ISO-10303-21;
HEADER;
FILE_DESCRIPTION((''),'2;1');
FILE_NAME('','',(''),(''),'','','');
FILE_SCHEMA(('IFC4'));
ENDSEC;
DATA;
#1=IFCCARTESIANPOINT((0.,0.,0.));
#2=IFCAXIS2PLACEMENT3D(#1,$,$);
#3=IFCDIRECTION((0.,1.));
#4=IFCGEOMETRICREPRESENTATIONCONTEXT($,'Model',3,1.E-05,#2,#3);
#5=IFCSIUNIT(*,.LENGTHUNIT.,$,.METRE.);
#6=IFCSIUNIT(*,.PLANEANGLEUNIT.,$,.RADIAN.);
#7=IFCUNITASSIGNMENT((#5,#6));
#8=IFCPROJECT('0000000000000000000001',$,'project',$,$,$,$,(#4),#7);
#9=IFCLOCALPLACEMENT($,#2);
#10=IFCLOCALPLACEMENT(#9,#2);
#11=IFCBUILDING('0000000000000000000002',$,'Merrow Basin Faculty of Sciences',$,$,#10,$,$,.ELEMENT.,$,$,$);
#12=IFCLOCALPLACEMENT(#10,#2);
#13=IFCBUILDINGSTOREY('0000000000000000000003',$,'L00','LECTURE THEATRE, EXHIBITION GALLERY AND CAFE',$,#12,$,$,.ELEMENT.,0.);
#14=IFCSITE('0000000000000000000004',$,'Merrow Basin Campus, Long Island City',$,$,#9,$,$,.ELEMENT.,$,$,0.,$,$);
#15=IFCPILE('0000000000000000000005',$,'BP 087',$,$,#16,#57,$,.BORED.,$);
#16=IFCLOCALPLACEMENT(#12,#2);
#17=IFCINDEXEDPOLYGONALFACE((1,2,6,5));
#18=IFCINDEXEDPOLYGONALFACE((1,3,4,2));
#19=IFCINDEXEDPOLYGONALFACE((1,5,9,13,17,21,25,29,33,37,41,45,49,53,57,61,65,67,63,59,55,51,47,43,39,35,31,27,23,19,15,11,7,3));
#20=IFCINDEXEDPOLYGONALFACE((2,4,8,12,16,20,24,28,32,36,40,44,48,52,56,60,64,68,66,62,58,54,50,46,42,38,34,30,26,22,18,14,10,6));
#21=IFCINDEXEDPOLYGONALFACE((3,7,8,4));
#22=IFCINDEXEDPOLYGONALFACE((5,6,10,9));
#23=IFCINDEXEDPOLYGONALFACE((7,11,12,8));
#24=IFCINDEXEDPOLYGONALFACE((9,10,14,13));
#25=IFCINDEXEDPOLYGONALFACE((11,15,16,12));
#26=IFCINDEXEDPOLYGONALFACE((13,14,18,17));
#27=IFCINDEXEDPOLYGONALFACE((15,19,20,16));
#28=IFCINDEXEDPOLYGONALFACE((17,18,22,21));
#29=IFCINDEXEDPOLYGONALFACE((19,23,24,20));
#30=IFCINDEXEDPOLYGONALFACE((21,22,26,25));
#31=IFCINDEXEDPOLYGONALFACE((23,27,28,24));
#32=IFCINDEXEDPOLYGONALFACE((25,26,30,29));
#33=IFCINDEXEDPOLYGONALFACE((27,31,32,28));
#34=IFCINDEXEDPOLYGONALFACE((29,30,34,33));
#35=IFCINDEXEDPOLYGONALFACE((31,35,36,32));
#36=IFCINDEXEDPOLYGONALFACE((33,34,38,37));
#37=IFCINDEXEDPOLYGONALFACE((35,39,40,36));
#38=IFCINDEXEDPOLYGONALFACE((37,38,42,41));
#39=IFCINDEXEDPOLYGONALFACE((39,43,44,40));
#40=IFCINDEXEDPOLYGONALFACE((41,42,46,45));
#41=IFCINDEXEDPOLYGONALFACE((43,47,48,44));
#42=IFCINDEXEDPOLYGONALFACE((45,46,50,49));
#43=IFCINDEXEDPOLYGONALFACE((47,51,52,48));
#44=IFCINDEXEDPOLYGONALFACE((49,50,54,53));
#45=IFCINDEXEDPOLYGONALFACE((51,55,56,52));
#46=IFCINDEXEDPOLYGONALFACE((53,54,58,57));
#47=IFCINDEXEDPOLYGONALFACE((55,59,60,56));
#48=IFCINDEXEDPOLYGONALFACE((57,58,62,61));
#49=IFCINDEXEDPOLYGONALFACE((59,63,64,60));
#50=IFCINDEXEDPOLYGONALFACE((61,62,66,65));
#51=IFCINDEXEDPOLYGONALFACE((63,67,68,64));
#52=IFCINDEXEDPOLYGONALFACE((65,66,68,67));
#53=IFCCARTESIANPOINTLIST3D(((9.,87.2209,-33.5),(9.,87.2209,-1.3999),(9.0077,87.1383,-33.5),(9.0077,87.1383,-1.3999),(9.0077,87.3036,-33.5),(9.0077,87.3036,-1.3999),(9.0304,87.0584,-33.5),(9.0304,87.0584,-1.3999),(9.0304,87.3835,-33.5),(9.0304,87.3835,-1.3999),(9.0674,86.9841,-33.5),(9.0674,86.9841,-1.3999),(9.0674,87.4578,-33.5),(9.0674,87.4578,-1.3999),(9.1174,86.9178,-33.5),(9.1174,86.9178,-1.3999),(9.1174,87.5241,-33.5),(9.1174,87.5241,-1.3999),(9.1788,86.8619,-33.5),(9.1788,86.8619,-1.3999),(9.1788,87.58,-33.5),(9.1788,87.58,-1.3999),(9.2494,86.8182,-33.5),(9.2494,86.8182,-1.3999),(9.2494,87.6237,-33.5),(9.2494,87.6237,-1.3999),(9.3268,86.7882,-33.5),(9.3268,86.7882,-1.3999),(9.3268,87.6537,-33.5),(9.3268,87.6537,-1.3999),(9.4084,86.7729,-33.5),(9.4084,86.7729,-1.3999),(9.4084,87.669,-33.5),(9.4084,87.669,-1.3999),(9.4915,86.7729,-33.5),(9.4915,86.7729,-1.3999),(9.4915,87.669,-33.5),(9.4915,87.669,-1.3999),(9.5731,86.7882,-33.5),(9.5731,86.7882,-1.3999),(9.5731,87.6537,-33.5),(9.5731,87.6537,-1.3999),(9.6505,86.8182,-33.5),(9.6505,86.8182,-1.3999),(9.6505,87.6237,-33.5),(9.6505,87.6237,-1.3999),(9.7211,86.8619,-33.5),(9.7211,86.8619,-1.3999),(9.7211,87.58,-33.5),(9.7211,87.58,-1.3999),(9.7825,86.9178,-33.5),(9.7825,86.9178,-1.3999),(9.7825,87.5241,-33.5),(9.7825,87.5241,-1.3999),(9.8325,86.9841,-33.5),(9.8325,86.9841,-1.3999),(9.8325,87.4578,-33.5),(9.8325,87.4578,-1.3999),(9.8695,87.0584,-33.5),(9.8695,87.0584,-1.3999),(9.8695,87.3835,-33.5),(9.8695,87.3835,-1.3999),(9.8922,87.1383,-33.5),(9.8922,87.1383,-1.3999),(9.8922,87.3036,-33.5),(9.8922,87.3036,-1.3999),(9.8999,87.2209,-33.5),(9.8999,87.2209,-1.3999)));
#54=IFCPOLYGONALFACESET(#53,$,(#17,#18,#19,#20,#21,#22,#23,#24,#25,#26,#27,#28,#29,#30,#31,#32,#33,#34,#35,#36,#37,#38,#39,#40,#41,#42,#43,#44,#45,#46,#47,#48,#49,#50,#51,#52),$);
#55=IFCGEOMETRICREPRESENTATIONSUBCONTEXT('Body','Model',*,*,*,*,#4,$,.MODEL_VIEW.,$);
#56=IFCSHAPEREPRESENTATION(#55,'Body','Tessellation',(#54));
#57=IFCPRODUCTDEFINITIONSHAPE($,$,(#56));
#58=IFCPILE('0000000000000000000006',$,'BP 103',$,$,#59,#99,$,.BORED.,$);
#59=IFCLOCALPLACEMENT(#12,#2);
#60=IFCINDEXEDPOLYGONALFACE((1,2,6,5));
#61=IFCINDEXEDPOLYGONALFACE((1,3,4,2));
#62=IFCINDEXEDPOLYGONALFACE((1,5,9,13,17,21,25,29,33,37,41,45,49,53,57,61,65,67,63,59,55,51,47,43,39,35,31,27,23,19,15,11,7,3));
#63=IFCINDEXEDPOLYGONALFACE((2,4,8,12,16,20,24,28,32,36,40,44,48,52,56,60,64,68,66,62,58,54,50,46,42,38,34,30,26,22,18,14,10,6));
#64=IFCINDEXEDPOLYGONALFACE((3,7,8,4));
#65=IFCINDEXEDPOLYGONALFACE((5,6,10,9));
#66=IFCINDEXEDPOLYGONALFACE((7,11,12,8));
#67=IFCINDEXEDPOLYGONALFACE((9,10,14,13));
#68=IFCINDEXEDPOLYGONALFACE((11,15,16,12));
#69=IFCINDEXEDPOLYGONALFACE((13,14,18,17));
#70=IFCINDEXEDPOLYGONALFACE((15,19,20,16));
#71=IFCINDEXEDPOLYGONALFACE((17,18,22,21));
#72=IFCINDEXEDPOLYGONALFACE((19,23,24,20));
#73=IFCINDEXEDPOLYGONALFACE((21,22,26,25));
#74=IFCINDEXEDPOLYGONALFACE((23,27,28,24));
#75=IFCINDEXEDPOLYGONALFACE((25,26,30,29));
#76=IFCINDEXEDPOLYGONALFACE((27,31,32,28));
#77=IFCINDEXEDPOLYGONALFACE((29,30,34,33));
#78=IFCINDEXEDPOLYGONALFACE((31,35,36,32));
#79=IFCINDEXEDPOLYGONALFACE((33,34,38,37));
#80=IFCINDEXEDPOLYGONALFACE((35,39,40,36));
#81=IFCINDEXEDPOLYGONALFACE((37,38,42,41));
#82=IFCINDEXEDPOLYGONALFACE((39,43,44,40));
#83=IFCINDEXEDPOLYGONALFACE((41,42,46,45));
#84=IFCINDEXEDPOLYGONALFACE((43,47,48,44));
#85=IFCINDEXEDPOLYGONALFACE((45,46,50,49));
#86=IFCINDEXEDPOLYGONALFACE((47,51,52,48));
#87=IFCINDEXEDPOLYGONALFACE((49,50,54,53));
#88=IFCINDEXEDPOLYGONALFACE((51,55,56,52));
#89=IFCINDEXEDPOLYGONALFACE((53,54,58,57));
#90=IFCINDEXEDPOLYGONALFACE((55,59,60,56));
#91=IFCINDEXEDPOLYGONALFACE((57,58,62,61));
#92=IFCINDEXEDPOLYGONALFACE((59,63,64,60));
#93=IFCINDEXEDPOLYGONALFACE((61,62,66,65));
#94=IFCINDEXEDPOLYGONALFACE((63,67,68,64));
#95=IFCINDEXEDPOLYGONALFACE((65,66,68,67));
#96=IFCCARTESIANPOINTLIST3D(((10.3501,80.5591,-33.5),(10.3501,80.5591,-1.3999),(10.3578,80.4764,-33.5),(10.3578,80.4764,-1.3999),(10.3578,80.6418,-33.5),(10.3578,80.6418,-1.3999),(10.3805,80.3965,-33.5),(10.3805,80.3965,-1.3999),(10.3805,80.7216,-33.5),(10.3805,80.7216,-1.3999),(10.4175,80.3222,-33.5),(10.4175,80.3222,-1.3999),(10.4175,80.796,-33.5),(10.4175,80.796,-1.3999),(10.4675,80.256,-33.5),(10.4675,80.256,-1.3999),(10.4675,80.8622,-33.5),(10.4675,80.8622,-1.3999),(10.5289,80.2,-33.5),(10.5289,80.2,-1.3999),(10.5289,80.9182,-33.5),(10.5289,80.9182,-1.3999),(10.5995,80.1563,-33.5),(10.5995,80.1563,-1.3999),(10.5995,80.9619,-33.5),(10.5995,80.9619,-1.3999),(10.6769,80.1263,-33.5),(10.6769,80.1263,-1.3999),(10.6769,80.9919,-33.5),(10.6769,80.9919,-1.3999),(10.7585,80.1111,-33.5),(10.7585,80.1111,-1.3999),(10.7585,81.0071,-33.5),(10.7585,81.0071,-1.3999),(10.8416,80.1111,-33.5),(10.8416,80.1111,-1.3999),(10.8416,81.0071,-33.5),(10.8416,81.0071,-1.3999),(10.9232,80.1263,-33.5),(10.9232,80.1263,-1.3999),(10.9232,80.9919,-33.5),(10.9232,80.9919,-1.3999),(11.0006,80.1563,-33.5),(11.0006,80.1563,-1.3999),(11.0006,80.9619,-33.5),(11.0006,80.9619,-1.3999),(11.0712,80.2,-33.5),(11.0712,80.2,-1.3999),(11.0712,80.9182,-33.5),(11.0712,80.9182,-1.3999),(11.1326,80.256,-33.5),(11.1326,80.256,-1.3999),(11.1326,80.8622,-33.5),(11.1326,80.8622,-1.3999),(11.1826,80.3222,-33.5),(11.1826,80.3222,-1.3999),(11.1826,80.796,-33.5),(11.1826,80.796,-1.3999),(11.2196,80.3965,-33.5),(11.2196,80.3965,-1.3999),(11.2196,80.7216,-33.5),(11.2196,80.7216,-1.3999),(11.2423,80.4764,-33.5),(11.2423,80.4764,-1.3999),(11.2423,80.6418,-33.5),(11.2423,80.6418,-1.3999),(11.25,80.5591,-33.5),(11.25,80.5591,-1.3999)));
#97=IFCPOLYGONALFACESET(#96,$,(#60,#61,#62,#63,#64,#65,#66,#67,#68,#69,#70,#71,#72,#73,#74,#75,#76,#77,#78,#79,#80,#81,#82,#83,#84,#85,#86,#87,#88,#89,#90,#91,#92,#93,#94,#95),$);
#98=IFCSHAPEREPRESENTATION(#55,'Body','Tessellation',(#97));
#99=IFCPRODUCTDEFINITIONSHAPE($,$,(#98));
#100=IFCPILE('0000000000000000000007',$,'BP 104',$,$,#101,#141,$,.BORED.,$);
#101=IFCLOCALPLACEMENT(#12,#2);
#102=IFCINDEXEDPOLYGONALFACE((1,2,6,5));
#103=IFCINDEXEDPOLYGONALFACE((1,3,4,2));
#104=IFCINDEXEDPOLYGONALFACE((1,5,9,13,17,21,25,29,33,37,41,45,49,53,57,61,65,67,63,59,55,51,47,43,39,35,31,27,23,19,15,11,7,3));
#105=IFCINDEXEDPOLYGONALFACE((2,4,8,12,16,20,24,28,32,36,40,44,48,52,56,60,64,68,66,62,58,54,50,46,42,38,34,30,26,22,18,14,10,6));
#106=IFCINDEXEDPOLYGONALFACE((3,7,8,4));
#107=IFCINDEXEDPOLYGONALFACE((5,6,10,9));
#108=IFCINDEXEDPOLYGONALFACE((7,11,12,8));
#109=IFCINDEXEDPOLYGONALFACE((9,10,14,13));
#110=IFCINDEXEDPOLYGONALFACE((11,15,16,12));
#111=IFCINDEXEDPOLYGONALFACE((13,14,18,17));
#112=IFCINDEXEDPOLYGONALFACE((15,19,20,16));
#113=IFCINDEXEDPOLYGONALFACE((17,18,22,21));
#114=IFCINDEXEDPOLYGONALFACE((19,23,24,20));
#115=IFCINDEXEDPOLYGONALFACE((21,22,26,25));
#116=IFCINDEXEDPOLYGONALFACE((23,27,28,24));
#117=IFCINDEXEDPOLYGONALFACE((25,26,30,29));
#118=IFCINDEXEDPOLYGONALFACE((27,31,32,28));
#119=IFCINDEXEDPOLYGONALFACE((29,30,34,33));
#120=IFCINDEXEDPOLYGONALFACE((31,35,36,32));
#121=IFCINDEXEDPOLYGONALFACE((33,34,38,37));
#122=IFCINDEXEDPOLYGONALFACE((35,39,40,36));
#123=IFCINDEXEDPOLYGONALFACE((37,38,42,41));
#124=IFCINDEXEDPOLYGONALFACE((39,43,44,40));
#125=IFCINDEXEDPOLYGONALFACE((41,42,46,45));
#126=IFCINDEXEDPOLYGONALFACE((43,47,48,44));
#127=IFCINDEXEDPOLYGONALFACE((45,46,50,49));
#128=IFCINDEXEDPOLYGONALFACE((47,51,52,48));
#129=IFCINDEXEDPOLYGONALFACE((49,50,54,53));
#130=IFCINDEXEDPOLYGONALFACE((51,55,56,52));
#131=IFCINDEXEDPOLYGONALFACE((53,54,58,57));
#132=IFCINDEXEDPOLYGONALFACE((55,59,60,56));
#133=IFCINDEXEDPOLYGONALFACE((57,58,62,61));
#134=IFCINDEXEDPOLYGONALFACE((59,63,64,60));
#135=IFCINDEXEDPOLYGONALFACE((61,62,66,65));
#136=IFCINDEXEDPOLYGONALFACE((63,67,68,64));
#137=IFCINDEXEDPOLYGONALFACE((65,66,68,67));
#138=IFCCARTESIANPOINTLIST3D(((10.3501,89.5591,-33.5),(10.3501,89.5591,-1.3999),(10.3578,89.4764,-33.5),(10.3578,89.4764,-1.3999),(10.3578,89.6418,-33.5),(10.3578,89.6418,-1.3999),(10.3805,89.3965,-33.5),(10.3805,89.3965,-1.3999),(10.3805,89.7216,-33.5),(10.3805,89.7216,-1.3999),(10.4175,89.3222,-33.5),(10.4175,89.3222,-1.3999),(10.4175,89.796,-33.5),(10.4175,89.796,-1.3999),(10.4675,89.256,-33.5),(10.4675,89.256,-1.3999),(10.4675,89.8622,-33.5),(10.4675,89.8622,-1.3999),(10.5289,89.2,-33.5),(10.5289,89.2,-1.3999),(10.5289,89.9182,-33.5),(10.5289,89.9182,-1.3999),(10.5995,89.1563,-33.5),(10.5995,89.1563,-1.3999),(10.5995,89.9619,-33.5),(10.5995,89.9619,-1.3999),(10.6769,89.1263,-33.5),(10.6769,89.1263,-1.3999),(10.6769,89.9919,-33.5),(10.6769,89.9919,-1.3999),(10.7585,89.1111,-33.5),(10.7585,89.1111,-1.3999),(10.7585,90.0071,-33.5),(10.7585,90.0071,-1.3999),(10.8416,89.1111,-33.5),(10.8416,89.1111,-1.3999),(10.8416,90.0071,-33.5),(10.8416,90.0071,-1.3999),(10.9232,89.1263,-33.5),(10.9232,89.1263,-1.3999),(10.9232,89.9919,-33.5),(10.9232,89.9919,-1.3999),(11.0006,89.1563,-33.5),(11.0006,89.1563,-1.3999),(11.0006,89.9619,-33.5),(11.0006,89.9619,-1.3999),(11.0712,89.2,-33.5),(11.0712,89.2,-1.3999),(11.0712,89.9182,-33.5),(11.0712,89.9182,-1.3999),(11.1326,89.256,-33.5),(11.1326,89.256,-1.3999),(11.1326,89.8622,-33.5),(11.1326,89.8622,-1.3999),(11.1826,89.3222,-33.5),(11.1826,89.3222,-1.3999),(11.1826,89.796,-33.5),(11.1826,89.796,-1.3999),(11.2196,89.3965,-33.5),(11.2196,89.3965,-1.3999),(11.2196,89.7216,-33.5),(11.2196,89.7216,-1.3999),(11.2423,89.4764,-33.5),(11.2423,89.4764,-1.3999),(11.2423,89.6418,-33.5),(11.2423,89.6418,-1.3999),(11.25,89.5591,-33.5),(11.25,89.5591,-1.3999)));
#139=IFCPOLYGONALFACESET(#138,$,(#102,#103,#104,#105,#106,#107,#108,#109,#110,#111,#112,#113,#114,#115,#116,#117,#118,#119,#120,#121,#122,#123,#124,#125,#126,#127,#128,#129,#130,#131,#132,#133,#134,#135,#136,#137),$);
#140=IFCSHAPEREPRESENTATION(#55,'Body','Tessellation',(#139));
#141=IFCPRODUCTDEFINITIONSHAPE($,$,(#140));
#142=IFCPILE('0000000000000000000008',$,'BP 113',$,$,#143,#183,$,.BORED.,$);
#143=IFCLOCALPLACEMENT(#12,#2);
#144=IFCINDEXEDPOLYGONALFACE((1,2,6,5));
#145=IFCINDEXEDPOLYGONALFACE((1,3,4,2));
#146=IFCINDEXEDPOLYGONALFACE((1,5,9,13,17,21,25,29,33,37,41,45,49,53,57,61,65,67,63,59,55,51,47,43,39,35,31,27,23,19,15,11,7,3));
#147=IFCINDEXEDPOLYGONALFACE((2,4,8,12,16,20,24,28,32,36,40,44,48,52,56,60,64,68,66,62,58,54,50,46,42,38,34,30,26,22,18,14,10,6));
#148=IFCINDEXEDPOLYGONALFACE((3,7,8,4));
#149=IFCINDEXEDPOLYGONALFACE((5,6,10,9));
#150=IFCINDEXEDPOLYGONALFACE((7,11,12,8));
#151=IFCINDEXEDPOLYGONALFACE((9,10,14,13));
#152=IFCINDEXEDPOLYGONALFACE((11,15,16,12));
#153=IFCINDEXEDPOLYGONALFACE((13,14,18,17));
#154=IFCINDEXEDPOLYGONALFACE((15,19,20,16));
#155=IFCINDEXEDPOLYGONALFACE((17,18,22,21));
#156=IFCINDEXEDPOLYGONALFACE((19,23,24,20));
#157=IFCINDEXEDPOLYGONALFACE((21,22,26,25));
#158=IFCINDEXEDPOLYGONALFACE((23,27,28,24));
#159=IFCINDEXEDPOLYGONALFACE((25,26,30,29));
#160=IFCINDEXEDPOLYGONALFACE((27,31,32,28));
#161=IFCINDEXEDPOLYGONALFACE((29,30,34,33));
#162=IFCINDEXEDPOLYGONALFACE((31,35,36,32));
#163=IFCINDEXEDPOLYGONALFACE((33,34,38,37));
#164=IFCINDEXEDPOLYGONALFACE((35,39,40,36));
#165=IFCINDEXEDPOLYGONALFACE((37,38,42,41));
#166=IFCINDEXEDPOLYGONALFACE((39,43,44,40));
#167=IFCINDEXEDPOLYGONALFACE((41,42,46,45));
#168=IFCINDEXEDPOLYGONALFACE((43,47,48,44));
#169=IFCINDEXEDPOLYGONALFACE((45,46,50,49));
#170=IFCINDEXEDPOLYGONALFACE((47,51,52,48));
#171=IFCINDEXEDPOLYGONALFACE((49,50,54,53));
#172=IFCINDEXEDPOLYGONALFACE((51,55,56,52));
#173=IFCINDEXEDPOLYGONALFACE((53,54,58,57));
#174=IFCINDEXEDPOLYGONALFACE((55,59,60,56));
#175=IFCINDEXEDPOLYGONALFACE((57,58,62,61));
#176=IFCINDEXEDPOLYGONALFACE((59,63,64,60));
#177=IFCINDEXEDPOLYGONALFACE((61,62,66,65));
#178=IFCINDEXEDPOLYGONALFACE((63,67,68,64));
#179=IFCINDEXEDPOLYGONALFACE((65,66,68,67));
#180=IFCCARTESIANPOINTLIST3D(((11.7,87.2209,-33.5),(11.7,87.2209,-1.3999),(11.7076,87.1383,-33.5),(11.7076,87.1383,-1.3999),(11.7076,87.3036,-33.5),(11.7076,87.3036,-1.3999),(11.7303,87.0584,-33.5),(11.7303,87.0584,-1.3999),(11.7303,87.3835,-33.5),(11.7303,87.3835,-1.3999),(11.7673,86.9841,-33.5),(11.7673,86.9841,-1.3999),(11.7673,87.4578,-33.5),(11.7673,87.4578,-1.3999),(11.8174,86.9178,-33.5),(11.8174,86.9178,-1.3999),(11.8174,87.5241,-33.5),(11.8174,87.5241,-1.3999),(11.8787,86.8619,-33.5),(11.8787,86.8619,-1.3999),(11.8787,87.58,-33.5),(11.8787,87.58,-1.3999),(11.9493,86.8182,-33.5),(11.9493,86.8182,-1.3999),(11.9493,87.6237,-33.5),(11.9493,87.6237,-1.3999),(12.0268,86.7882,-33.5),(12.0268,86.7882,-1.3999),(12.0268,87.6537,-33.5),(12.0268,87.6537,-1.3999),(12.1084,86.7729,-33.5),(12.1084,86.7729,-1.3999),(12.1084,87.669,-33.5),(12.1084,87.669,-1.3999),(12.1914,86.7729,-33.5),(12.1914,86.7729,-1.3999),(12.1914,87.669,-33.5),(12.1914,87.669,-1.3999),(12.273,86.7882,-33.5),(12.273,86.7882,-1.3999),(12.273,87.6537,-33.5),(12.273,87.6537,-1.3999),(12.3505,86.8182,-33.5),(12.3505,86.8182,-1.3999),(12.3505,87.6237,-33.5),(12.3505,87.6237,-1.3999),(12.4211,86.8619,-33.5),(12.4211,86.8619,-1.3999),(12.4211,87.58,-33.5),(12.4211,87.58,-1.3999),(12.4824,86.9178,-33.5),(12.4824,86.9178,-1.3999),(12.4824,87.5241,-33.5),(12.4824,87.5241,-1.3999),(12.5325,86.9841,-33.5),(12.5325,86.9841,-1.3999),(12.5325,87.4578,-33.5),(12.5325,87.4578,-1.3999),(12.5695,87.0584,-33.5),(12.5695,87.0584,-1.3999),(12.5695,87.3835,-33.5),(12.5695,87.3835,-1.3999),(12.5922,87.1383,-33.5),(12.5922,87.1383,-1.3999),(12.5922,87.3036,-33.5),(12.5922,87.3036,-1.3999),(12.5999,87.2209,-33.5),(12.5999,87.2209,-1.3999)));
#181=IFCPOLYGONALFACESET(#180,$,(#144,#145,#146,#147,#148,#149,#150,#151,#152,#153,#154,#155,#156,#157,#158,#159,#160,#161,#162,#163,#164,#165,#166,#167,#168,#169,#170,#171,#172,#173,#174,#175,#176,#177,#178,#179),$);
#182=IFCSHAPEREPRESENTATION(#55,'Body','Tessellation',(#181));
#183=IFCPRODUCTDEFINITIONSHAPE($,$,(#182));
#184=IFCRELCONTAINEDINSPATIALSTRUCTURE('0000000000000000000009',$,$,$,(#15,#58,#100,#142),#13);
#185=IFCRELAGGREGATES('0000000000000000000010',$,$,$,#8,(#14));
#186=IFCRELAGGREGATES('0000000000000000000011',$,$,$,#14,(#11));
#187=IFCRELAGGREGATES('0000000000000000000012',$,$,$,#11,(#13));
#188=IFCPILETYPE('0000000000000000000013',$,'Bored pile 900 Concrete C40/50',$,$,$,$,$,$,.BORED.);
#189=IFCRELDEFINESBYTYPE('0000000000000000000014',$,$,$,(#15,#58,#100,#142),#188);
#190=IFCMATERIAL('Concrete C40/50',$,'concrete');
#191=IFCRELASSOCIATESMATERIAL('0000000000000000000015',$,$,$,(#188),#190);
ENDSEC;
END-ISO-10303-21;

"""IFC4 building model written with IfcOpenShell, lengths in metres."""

from ifc_helpers import new_model, si_unit, direction, frame, origin, origin_2d, place, context, subcontext, project, spatial, circle, extrude, material, material_profile, profile_set, type_object, element, save


model = new_model("IFC4")

# Units and contexts
model_context = context("Model", 3, precision=1e-05, world=origin(), true_north=direction((0.0, 1.0)))
body_context = subcontext(model_context, "Body", "Model", "MODEL_VIEW")
ifc_project = project(units=[si_unit("LENGTHUNIT", "METRE"), si_unit("PLANEANGLEUNIT", "RADIAN")], contexts=[model_context])

# Site, building, storey
site_placement = place(None, origin())
site = spatial("IfcSite", under=ifc_project, at=site_placement, Name="Merrow Basin Campus, Long Island City", CompositionType="ELEMENT", RefElevation=0.0)
building_placement = place(site_placement, origin())
building = spatial("IfcBuilding", under=site, at=building_placement, Name="Merrow Basin Faculty of Sciences", CompositionType="ELEMENT")
storey_placement = place(building_placement, origin())
storey = spatial("IfcBuildingStorey", under=building, at=storey_placement, Name="L00", Description="LECTURE THEATRE, EXHIBITION GALLERY AND CAFE", CompositionType="ELEMENT", Elevation=0.0)

# Piles
ifc_material_1 = material(Name="Concrete C40/50", Category="concrete")
ifc_material_profile_1 = material_profile(ifc_material_1, circle(Radius=0.45, at=origin_2d()))
ifc_profile_set_1 = profile_set([ifc_material_profile_1], Name="Concrete C40/50")
pile_type = type_object("IfcPileType", Name="Bored pile 900 Concrete C40/50", PredefinedType="BORED", material=ifc_profile_set_1)
for number, where, z_axis, x_axis, name in (
    (1, (9.45, 87.2209, -1.3999), (0.0, 0.0, -1.0), (1.0, 0.0, 0.0), "BP 087"),
    (2, (10.8, 80.5591, -1.3999), (0.0, 0.0, -1.0), (1.0, 0.0, 0.0), "BP 103"),
    (3, (10.8, 89.5591, -1.3999), (0.0, 0.0, -1.0), (1.0, 0.0, 0.0), "BP 104"),
    (4, (12.1499, 87.2209, -1.3999), (0.0, 0.0, -1.0), (1.0, 0.0, 0.0), "BP 113"),
):
    element("IfcPile", number, at=place(storey_placement, frame(where, z_axis=z_axis, x_axis=x_axis)), inside=storey, type_object=pile_type, Name=name, PredefinedType="BORED", context=body_context, shape_type="SweptSolid", body=[
        extrude(circle(Radius=0.45, at=origin_2d()), origin(), (0.0, 0.0, 1.0), 32.1001),
    ])

save(model, "model.ifc")
